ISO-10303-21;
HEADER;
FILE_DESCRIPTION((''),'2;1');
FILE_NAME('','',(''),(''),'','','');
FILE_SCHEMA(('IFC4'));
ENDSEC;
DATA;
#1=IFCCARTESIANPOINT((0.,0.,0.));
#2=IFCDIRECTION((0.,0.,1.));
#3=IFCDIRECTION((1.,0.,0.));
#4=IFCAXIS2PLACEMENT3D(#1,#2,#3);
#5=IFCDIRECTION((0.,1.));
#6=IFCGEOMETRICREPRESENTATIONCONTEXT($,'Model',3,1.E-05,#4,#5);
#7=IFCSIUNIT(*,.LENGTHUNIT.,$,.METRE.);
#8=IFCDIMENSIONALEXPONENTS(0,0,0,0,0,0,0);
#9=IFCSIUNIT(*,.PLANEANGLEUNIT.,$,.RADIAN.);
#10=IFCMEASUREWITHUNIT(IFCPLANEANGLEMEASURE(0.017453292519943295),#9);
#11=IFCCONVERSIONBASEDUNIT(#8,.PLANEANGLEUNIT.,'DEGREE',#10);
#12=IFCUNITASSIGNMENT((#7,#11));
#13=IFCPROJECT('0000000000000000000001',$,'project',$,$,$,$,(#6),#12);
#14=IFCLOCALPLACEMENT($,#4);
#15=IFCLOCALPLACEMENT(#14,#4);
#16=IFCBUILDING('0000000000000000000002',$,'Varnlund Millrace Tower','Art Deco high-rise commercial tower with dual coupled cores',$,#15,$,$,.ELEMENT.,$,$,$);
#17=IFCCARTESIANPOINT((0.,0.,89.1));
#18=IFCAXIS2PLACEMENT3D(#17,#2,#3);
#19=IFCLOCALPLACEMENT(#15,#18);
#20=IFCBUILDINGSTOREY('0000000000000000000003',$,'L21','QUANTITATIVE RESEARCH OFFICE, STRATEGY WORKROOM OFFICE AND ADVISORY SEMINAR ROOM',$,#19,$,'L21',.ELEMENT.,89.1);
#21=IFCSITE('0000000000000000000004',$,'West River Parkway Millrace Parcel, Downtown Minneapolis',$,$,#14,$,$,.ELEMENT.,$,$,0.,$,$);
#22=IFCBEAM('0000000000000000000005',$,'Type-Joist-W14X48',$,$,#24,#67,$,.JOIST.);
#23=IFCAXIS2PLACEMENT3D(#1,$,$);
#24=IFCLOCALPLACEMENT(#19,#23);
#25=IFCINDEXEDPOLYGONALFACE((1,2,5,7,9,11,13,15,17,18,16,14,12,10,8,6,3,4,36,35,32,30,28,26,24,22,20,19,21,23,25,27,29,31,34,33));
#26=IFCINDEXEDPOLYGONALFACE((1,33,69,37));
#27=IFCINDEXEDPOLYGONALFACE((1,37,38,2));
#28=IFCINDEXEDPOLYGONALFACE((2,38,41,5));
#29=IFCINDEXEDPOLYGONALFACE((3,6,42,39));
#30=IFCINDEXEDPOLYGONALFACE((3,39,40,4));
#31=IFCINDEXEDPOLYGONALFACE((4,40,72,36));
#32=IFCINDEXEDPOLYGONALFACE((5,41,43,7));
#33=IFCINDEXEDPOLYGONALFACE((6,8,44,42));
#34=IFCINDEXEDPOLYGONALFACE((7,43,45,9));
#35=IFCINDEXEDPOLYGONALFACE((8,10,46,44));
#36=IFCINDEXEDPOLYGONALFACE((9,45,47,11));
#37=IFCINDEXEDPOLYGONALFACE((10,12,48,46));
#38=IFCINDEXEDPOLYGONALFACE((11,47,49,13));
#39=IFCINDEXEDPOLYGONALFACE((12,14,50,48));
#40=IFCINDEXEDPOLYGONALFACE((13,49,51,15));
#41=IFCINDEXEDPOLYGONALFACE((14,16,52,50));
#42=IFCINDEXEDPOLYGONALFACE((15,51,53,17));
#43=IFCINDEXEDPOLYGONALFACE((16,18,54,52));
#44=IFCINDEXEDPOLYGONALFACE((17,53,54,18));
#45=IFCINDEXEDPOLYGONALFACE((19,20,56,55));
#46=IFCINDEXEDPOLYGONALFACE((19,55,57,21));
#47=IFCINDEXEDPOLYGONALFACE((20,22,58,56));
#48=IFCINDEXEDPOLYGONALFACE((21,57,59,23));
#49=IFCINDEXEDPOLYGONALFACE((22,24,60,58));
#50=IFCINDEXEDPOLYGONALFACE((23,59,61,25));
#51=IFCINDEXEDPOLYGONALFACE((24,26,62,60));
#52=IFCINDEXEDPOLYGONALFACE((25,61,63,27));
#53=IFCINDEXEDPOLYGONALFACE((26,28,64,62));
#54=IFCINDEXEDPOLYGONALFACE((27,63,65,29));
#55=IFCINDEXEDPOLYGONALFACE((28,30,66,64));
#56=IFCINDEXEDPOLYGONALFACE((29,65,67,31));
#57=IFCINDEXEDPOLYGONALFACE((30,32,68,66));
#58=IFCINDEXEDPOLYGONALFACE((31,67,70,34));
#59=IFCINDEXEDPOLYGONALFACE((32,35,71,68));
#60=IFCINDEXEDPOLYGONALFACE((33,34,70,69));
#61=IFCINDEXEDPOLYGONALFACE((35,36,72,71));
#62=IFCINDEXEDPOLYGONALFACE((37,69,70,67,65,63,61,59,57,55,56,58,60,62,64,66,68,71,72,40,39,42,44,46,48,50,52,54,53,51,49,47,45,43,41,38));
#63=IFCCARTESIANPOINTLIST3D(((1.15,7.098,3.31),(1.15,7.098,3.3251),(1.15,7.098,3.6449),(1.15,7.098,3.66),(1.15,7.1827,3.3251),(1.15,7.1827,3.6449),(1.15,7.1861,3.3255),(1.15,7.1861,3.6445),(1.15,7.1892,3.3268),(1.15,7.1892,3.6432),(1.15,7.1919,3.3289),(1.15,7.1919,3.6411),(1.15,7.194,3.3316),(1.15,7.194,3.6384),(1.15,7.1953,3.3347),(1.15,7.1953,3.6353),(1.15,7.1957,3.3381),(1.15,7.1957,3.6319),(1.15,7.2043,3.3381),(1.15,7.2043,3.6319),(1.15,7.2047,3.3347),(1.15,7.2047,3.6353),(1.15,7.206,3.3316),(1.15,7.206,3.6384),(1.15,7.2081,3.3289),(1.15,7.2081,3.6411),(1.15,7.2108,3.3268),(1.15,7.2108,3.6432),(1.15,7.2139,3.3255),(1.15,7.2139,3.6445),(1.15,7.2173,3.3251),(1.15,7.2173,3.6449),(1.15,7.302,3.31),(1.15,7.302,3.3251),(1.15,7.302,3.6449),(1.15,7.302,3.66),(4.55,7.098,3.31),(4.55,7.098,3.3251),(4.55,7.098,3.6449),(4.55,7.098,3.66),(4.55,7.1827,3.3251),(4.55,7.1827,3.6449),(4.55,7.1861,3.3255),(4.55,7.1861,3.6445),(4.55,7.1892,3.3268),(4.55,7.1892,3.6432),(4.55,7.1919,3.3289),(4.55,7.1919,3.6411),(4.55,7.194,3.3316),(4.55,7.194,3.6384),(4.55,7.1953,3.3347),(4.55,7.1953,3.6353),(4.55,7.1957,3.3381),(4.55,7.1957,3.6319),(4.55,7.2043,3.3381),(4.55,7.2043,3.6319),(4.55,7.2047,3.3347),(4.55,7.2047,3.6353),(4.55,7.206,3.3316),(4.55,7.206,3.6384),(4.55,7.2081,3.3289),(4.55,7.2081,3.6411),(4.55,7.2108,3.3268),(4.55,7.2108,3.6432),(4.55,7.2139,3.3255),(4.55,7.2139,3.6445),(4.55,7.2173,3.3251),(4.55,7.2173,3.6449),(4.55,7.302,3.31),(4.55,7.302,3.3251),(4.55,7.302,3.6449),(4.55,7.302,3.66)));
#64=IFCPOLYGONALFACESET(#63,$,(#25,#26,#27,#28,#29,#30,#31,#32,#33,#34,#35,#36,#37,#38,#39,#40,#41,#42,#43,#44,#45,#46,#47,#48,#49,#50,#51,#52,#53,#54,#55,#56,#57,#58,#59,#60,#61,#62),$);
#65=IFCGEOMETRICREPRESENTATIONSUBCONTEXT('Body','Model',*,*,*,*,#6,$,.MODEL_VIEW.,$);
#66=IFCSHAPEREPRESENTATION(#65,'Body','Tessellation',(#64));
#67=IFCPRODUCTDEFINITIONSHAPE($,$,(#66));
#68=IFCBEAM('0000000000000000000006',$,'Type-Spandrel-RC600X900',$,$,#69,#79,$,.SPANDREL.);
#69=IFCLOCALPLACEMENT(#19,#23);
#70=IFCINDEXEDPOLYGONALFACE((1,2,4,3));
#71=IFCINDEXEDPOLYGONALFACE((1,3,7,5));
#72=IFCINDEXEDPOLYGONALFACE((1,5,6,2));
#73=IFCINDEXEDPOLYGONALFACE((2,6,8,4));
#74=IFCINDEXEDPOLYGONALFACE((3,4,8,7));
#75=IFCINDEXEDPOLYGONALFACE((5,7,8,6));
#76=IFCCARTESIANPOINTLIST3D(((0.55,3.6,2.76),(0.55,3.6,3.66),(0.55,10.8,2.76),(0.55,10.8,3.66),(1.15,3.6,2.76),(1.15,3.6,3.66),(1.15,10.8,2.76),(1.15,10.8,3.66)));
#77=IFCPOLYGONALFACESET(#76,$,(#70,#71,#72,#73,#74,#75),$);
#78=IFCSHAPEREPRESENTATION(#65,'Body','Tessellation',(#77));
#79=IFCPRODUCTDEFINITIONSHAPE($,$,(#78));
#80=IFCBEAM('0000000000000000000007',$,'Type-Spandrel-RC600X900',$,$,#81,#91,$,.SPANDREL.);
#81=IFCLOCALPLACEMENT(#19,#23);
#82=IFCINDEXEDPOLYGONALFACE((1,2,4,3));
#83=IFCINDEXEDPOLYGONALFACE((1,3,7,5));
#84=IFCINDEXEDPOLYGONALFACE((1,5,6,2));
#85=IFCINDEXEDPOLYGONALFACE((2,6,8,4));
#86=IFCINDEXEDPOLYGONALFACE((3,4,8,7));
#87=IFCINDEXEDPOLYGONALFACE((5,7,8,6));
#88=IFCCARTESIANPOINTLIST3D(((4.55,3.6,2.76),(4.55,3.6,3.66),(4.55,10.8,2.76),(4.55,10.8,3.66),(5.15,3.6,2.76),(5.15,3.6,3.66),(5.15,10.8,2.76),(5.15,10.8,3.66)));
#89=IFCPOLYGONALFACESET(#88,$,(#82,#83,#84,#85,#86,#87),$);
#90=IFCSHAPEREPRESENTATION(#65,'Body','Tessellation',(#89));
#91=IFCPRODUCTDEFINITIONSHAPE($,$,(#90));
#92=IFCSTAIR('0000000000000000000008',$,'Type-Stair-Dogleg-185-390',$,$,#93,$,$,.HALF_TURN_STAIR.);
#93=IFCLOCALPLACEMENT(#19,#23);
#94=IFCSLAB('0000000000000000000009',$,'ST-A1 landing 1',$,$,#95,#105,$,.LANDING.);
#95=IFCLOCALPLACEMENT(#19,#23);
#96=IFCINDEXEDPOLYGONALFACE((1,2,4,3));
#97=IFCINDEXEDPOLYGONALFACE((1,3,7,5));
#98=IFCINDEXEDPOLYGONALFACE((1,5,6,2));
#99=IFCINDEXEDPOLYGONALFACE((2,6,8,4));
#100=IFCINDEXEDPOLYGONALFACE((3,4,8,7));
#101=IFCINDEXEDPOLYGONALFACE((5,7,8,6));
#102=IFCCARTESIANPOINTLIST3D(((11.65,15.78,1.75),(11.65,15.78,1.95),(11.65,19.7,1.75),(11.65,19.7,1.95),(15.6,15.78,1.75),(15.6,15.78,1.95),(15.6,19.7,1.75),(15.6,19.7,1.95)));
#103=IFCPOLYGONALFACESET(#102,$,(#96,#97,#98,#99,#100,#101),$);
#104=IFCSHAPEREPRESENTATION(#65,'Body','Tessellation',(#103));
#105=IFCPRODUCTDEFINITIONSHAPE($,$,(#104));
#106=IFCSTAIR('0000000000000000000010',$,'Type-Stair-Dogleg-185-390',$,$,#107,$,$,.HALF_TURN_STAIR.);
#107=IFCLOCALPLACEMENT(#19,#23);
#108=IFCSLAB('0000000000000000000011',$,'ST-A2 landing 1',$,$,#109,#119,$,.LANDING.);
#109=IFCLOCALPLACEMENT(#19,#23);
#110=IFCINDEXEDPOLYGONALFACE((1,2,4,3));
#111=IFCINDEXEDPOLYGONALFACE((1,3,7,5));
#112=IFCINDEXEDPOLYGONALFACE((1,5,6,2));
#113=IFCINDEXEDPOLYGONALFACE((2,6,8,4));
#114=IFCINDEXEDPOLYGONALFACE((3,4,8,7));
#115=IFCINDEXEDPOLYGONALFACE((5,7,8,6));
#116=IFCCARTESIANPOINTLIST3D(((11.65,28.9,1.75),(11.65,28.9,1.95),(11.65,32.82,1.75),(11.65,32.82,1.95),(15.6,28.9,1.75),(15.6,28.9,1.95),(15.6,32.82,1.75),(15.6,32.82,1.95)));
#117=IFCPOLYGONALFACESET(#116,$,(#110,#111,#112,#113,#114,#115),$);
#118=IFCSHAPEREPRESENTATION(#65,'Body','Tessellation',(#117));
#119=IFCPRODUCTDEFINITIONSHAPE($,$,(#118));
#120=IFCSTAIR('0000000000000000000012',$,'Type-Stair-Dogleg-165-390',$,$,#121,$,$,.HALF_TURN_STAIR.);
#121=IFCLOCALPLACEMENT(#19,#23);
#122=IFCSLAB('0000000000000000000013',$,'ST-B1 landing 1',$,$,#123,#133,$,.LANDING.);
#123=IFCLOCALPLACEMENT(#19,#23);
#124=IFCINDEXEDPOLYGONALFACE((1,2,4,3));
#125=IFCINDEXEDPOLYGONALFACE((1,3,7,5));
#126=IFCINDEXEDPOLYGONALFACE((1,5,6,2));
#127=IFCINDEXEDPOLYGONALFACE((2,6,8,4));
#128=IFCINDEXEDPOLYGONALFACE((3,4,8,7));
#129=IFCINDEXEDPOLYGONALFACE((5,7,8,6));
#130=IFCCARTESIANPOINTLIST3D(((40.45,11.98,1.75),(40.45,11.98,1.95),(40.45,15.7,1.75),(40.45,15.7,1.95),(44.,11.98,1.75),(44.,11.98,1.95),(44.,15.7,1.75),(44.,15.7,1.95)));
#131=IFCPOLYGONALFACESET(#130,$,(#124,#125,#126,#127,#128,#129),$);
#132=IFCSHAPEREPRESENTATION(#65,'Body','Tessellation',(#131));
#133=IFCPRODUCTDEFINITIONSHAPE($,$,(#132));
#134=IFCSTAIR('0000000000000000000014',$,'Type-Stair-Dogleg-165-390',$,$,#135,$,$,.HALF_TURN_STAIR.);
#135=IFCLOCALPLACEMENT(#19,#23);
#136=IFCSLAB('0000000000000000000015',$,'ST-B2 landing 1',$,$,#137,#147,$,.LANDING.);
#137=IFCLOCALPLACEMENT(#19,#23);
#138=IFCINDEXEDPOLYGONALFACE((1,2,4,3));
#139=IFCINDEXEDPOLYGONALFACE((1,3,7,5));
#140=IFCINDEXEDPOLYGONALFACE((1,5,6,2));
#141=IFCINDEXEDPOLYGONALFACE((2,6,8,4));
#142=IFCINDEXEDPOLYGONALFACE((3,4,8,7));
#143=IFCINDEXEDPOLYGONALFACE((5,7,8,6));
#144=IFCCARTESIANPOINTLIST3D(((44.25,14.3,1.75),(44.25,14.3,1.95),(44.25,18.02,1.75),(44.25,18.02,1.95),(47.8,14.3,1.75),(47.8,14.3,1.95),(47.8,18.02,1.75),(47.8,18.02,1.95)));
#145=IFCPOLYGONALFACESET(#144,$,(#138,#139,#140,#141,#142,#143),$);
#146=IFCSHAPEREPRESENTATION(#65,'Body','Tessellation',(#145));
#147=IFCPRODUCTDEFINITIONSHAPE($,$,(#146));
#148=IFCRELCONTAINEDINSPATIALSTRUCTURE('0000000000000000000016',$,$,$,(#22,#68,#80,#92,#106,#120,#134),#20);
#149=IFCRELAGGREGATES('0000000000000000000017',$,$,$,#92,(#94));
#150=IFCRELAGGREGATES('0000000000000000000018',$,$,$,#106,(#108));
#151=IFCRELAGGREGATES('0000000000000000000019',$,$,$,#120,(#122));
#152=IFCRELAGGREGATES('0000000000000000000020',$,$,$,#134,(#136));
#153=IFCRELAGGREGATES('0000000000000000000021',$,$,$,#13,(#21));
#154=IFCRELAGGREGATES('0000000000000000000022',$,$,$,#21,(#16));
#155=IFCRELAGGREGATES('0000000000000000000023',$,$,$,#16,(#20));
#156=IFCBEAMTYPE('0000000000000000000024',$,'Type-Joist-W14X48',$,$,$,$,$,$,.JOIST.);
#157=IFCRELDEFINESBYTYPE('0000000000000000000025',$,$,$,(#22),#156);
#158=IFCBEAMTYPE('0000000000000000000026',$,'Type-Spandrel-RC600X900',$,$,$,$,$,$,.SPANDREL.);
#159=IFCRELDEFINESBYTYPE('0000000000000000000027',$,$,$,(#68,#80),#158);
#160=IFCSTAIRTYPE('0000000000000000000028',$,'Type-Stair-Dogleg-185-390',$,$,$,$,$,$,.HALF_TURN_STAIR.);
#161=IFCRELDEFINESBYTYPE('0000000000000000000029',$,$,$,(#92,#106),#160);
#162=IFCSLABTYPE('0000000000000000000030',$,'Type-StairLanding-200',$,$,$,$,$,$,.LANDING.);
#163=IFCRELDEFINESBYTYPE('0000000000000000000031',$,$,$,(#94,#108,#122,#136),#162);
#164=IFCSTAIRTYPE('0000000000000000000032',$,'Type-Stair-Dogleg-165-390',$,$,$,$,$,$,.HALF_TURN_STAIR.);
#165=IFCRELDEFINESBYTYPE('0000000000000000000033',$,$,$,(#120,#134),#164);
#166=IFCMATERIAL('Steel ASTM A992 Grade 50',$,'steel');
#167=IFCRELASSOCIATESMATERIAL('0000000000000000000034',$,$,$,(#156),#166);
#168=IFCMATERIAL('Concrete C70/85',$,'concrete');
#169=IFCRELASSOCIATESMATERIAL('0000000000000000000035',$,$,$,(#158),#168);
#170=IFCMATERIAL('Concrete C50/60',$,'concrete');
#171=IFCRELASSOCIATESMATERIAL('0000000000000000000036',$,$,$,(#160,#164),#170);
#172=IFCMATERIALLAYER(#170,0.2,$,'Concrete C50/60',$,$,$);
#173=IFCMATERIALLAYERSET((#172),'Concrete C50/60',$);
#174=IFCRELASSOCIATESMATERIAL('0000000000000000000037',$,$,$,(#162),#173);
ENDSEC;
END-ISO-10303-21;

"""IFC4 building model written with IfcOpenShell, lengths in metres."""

from ifc_helpers import new_model, entity, si_unit, converted_unit, direction, frame, origin_with_axes, origin_2d_with_axis, place, context, subcontext, project, spatial, polyline, rectangle, i_section, outline, extrude, material, layer, layer_set, material_profile, profile_set, type_object, element, aggregate, save


model = new_model("IFC4")

# Units and contexts
model_context = context("Model", 3, precision=1e-05, world=origin_with_axes(), true_north=direction((0.0, 1.0)))
body_context = subcontext(model_context, "Body", "Model", "MODEL_VIEW")
ifc_project = project(units=[si_unit("LENGTHUNIT", "METRE"), converted_unit("PLANEANGLEUNIT", "DEGREE", entity("IfcPlaneAngleMeasure", 0.017453292519943295), si_unit("PLANEANGLEUNIT", "RADIAN"), dimensions=[0, 0, 0, 0, 0, 0, 0])], contexts=[model_context])

# Site, building, storey
site_placement = place(None, origin_with_axes())
site = spatial("IfcSite", under=ifc_project, at=site_placement, Name="West River Parkway Millrace Parcel, Downtown Minneapolis", CompositionType="ELEMENT", RefElevation=0.0)
building_placement = place(site_placement, origin_with_axes())
building = spatial("IfcBuilding", under=site, at=building_placement, Name="Varnlund Millrace Tower", Description="Art Deco high-rise commercial tower with dual coupled cores", CompositionType="ELEMENT")
storey_placement = place(building_placement, frame((0.0, 0.0, 89.1), z_axis=(0.0, 0.0, 1.0), x_axis=(1.0, 0.0, 0.0)))
storey = spatial("IfcBuildingStorey", under=building, at=storey_placement, Name="L21", Description="QUANTITATIVE RESEARCH OFFICE, STRATEGY WORKROOM OFFICE AND ADVISORY SEMINAR ROOM", LongName="L21", CompositionType="ELEMENT", Elevation=89.1)

# Beams
ifc_material_1 = material(Name="Steel ASTM A992 Grade 50", Category="steel")
ifc_material_profile_1 = material_profile(ifc_material_1, i_section(OverallWidth=0.204, OverallDepth=0.35, WebThickness=0.0086, FlangeThickness=0.0151, FilletRadius=0.013, at=origin_2d_with_axis()), Name="Steel ASTM A992 Grade 50")
ifc_profile_set_1 = profile_set([ifc_material_profile_1], Name="Steel ASTM A992 Grade 50")
beam_type_1 = type_object("IfcBeamType", Name="Type-Joist-W14X48", PredefinedType="JOIST", material=ifc_profile_set_1)
beam_1_placement = place(storey_placement, frame((1.15, 7.2, 3.485), z_axis=(1.0, 0.0, 0.0), x_axis=(0.0, 1.0, 0.0)))
element("IfcBeam", 1, at=beam_1_placement, inside=storey, type_object=beam_type_1, Name="Type-Joist-W14X48", PredefinedType="JOIST", context=body_context, shape_type="SweptSolid", body=[
    extrude(i_section(OverallWidth=0.204, OverallDepth=0.35, WebThickness=0.0086, FlangeThickness=0.0151, FilletRadius=0.013, at=origin_2d_with_axis()), origin_with_axes(), (0.0, 0.0, 1.0), 3.4),
])
ifc_material_2 = material(Name="Concrete C70/85", Category="concrete")
ifc_material_profile_2 = material_profile(ifc_material_2, rectangle(XDim=0.6, YDim=0.9, at=origin_2d_with_axis()), Name="Concrete C70/85")
ifc_profile_set_2 = profile_set([ifc_material_profile_2], Name="Concrete C70/85")
beam_type_2 = type_object("IfcBeamType", Name="Type-Spandrel-RC600X900", PredefinedType="SPANDREL", material=ifc_profile_set_2)
for number, where, z_axis, x_axis, name in (
    (2, (0.85, 3.6, 3.21), (0.0, 1.0, 0.0), (-1.0, 0.0, 0.0), "Type-Spandrel-RC600X900"),
    (3, (4.85, 3.6, 3.21), (0.0, 1.0, 0.0), (-1.0, 0.0, 0.0), "Type-Spandrel-RC600X900"),
):
    element("IfcBeam", number, at=place(storey_placement, frame(where, z_axis=z_axis, x_axis=x_axis)), inside=storey, type_object=beam_type_2, Name=name, PredefinedType="SPANDREL", context=body_context, shape_type="SweptSolid", body=[
        extrude(rectangle(XDim=0.6, YDim=0.9, at=origin_2d_with_axis()), origin_with_axes(), (0.0, 0.0, 1.0), 7.2),
    ])

# Stairs, slabs
ifc_material_3 = material(Name="Concrete C50/60", Category="concrete")
stair_type_1 = type_object("IfcStairType", Name="Type-Stair-Dogleg-185-390", PredefinedType="HALF_TURN_STAIR", material=ifc_material_3)
stair_1_placement = place(storey_placement, origin_with_axes())
stair_1 = element("IfcStair", 4, at=stair_1_placement, inside=storey, type_object=stair_type_1, Name="Type-Stair-Dogleg-185-390", PredefinedType="HALF_TURN_STAIR")
ifc_layer_1 = layer(ifc_material_3, 0.2, Name="Concrete C50/60")
ifc_layer_set_1 = layer_set([ifc_layer_1], Name="Concrete C50/60")
slab_type = type_object("IfcSlabType", Name="Type-StairLanding-200", PredefinedType="LANDING", material=ifc_layer_set_1)
slab_1_placement = place(storey_placement, frame((0.0, 0.0, 1.75), z_axis=(0.0, 0.0, 1.0), x_axis=(1.0, 0.0, 0.0)))
slab_1 = element("IfcSlab", 5, at=slab_1_placement, type_object=slab_type, Name="ST-A1 landing 1", PredefinedType="LANDING", context=body_context, shape_type="SweptSolid", body=[
    extrude(outline(polyline([(15.6, 15.78), (15.6, 19.7), (11.65, 19.7), (11.65, 15.78), (15.6, 15.78)])), origin_with_axes(), (0.0, 0.0, 1.0), 0.2),
])
aggregate(stair_1, [slab_1])
stair_2_placement = place(storey_placement, origin_with_axes())
stair_2 = element("IfcStair", 6, at=stair_2_placement, inside=storey, type_object=stair_type_1, Name="Type-Stair-Dogleg-185-390", PredefinedType="HALF_TURN_STAIR")
slab_2_placement = place(storey_placement, frame((0.0, 0.0, 1.75), z_axis=(0.0, 0.0, 1.0), x_axis=(1.0, 0.0, 0.0)))
slab_2 = element("IfcSlab", 7, at=slab_2_placement, type_object=slab_type, Name="ST-A2 landing 1", PredefinedType="LANDING", context=body_context, shape_type="SweptSolid", body=[
    extrude(outline(polyline([(11.65, 32.82), (11.65, 28.9), (15.6, 28.9), (15.6, 32.82), (11.65, 32.82)])), origin_with_axes(), (0.0, 0.0, 1.0), 0.2),
])
aggregate(stair_2, [slab_2])
stair_type_2 = type_object("IfcStairType", Name="Type-Stair-Dogleg-165-390", PredefinedType="HALF_TURN_STAIR", material=ifc_material_3)
stair_3_placement = place(storey_placement, origin_with_axes())
stair_3 = element("IfcStair", 8, at=stair_3_placement, inside=storey, type_object=stair_type_2, Name="Type-Stair-Dogleg-165-390", PredefinedType="HALF_TURN_STAIR")
slab_3_placement = place(storey_placement, frame((0.0, 0.0, 1.75), z_axis=(0.0, 0.0, 1.0), x_axis=(1.0, 0.0, 0.0)))
slab_3 = element("IfcSlab", 9, at=slab_3_placement, type_object=slab_type, Name="ST-B1 landing 1", PredefinedType="LANDING", context=body_context, shape_type="SweptSolid", body=[
    extrude(outline(polyline([(44.0, 11.98), (44.0, 15.7), (40.45, 15.7), (40.45, 11.98), (44.0, 11.98)])), origin_with_axes(), (0.0, 0.0, 1.0), 0.2),
])
aggregate(stair_3, [slab_3])
stair_4_placement = place(storey_placement, origin_with_axes())
stair_4 = element("IfcStair", 10, at=stair_4_placement, inside=storey, type_object=stair_type_2, Name="Type-Stair-Dogleg-165-390", PredefinedType="HALF_TURN_STAIR")
slab_4_placement = place(storey_placement, frame((0.0, 0.0, 1.75), z_axis=(0.0, 0.0, 1.0), x_axis=(1.0, 0.0, 0.0)))
slab_4 = element("IfcSlab", 11, at=slab_4_placement, type_object=slab_type, Name="ST-B2 landing 1", PredefinedType="LANDING", context=body_context, shape_type="SweptSolid", body=[
    extrude(outline(polyline([(44.25, 18.02), (44.25, 14.3), (47.8, 14.3), (47.8, 18.02), (44.25, 18.02)])), origin_with_axes(), (0.0, 0.0, 1.0), 0.2),
])
aggregate(stair_4, [slab_4])

save(model, "model.ifc")
